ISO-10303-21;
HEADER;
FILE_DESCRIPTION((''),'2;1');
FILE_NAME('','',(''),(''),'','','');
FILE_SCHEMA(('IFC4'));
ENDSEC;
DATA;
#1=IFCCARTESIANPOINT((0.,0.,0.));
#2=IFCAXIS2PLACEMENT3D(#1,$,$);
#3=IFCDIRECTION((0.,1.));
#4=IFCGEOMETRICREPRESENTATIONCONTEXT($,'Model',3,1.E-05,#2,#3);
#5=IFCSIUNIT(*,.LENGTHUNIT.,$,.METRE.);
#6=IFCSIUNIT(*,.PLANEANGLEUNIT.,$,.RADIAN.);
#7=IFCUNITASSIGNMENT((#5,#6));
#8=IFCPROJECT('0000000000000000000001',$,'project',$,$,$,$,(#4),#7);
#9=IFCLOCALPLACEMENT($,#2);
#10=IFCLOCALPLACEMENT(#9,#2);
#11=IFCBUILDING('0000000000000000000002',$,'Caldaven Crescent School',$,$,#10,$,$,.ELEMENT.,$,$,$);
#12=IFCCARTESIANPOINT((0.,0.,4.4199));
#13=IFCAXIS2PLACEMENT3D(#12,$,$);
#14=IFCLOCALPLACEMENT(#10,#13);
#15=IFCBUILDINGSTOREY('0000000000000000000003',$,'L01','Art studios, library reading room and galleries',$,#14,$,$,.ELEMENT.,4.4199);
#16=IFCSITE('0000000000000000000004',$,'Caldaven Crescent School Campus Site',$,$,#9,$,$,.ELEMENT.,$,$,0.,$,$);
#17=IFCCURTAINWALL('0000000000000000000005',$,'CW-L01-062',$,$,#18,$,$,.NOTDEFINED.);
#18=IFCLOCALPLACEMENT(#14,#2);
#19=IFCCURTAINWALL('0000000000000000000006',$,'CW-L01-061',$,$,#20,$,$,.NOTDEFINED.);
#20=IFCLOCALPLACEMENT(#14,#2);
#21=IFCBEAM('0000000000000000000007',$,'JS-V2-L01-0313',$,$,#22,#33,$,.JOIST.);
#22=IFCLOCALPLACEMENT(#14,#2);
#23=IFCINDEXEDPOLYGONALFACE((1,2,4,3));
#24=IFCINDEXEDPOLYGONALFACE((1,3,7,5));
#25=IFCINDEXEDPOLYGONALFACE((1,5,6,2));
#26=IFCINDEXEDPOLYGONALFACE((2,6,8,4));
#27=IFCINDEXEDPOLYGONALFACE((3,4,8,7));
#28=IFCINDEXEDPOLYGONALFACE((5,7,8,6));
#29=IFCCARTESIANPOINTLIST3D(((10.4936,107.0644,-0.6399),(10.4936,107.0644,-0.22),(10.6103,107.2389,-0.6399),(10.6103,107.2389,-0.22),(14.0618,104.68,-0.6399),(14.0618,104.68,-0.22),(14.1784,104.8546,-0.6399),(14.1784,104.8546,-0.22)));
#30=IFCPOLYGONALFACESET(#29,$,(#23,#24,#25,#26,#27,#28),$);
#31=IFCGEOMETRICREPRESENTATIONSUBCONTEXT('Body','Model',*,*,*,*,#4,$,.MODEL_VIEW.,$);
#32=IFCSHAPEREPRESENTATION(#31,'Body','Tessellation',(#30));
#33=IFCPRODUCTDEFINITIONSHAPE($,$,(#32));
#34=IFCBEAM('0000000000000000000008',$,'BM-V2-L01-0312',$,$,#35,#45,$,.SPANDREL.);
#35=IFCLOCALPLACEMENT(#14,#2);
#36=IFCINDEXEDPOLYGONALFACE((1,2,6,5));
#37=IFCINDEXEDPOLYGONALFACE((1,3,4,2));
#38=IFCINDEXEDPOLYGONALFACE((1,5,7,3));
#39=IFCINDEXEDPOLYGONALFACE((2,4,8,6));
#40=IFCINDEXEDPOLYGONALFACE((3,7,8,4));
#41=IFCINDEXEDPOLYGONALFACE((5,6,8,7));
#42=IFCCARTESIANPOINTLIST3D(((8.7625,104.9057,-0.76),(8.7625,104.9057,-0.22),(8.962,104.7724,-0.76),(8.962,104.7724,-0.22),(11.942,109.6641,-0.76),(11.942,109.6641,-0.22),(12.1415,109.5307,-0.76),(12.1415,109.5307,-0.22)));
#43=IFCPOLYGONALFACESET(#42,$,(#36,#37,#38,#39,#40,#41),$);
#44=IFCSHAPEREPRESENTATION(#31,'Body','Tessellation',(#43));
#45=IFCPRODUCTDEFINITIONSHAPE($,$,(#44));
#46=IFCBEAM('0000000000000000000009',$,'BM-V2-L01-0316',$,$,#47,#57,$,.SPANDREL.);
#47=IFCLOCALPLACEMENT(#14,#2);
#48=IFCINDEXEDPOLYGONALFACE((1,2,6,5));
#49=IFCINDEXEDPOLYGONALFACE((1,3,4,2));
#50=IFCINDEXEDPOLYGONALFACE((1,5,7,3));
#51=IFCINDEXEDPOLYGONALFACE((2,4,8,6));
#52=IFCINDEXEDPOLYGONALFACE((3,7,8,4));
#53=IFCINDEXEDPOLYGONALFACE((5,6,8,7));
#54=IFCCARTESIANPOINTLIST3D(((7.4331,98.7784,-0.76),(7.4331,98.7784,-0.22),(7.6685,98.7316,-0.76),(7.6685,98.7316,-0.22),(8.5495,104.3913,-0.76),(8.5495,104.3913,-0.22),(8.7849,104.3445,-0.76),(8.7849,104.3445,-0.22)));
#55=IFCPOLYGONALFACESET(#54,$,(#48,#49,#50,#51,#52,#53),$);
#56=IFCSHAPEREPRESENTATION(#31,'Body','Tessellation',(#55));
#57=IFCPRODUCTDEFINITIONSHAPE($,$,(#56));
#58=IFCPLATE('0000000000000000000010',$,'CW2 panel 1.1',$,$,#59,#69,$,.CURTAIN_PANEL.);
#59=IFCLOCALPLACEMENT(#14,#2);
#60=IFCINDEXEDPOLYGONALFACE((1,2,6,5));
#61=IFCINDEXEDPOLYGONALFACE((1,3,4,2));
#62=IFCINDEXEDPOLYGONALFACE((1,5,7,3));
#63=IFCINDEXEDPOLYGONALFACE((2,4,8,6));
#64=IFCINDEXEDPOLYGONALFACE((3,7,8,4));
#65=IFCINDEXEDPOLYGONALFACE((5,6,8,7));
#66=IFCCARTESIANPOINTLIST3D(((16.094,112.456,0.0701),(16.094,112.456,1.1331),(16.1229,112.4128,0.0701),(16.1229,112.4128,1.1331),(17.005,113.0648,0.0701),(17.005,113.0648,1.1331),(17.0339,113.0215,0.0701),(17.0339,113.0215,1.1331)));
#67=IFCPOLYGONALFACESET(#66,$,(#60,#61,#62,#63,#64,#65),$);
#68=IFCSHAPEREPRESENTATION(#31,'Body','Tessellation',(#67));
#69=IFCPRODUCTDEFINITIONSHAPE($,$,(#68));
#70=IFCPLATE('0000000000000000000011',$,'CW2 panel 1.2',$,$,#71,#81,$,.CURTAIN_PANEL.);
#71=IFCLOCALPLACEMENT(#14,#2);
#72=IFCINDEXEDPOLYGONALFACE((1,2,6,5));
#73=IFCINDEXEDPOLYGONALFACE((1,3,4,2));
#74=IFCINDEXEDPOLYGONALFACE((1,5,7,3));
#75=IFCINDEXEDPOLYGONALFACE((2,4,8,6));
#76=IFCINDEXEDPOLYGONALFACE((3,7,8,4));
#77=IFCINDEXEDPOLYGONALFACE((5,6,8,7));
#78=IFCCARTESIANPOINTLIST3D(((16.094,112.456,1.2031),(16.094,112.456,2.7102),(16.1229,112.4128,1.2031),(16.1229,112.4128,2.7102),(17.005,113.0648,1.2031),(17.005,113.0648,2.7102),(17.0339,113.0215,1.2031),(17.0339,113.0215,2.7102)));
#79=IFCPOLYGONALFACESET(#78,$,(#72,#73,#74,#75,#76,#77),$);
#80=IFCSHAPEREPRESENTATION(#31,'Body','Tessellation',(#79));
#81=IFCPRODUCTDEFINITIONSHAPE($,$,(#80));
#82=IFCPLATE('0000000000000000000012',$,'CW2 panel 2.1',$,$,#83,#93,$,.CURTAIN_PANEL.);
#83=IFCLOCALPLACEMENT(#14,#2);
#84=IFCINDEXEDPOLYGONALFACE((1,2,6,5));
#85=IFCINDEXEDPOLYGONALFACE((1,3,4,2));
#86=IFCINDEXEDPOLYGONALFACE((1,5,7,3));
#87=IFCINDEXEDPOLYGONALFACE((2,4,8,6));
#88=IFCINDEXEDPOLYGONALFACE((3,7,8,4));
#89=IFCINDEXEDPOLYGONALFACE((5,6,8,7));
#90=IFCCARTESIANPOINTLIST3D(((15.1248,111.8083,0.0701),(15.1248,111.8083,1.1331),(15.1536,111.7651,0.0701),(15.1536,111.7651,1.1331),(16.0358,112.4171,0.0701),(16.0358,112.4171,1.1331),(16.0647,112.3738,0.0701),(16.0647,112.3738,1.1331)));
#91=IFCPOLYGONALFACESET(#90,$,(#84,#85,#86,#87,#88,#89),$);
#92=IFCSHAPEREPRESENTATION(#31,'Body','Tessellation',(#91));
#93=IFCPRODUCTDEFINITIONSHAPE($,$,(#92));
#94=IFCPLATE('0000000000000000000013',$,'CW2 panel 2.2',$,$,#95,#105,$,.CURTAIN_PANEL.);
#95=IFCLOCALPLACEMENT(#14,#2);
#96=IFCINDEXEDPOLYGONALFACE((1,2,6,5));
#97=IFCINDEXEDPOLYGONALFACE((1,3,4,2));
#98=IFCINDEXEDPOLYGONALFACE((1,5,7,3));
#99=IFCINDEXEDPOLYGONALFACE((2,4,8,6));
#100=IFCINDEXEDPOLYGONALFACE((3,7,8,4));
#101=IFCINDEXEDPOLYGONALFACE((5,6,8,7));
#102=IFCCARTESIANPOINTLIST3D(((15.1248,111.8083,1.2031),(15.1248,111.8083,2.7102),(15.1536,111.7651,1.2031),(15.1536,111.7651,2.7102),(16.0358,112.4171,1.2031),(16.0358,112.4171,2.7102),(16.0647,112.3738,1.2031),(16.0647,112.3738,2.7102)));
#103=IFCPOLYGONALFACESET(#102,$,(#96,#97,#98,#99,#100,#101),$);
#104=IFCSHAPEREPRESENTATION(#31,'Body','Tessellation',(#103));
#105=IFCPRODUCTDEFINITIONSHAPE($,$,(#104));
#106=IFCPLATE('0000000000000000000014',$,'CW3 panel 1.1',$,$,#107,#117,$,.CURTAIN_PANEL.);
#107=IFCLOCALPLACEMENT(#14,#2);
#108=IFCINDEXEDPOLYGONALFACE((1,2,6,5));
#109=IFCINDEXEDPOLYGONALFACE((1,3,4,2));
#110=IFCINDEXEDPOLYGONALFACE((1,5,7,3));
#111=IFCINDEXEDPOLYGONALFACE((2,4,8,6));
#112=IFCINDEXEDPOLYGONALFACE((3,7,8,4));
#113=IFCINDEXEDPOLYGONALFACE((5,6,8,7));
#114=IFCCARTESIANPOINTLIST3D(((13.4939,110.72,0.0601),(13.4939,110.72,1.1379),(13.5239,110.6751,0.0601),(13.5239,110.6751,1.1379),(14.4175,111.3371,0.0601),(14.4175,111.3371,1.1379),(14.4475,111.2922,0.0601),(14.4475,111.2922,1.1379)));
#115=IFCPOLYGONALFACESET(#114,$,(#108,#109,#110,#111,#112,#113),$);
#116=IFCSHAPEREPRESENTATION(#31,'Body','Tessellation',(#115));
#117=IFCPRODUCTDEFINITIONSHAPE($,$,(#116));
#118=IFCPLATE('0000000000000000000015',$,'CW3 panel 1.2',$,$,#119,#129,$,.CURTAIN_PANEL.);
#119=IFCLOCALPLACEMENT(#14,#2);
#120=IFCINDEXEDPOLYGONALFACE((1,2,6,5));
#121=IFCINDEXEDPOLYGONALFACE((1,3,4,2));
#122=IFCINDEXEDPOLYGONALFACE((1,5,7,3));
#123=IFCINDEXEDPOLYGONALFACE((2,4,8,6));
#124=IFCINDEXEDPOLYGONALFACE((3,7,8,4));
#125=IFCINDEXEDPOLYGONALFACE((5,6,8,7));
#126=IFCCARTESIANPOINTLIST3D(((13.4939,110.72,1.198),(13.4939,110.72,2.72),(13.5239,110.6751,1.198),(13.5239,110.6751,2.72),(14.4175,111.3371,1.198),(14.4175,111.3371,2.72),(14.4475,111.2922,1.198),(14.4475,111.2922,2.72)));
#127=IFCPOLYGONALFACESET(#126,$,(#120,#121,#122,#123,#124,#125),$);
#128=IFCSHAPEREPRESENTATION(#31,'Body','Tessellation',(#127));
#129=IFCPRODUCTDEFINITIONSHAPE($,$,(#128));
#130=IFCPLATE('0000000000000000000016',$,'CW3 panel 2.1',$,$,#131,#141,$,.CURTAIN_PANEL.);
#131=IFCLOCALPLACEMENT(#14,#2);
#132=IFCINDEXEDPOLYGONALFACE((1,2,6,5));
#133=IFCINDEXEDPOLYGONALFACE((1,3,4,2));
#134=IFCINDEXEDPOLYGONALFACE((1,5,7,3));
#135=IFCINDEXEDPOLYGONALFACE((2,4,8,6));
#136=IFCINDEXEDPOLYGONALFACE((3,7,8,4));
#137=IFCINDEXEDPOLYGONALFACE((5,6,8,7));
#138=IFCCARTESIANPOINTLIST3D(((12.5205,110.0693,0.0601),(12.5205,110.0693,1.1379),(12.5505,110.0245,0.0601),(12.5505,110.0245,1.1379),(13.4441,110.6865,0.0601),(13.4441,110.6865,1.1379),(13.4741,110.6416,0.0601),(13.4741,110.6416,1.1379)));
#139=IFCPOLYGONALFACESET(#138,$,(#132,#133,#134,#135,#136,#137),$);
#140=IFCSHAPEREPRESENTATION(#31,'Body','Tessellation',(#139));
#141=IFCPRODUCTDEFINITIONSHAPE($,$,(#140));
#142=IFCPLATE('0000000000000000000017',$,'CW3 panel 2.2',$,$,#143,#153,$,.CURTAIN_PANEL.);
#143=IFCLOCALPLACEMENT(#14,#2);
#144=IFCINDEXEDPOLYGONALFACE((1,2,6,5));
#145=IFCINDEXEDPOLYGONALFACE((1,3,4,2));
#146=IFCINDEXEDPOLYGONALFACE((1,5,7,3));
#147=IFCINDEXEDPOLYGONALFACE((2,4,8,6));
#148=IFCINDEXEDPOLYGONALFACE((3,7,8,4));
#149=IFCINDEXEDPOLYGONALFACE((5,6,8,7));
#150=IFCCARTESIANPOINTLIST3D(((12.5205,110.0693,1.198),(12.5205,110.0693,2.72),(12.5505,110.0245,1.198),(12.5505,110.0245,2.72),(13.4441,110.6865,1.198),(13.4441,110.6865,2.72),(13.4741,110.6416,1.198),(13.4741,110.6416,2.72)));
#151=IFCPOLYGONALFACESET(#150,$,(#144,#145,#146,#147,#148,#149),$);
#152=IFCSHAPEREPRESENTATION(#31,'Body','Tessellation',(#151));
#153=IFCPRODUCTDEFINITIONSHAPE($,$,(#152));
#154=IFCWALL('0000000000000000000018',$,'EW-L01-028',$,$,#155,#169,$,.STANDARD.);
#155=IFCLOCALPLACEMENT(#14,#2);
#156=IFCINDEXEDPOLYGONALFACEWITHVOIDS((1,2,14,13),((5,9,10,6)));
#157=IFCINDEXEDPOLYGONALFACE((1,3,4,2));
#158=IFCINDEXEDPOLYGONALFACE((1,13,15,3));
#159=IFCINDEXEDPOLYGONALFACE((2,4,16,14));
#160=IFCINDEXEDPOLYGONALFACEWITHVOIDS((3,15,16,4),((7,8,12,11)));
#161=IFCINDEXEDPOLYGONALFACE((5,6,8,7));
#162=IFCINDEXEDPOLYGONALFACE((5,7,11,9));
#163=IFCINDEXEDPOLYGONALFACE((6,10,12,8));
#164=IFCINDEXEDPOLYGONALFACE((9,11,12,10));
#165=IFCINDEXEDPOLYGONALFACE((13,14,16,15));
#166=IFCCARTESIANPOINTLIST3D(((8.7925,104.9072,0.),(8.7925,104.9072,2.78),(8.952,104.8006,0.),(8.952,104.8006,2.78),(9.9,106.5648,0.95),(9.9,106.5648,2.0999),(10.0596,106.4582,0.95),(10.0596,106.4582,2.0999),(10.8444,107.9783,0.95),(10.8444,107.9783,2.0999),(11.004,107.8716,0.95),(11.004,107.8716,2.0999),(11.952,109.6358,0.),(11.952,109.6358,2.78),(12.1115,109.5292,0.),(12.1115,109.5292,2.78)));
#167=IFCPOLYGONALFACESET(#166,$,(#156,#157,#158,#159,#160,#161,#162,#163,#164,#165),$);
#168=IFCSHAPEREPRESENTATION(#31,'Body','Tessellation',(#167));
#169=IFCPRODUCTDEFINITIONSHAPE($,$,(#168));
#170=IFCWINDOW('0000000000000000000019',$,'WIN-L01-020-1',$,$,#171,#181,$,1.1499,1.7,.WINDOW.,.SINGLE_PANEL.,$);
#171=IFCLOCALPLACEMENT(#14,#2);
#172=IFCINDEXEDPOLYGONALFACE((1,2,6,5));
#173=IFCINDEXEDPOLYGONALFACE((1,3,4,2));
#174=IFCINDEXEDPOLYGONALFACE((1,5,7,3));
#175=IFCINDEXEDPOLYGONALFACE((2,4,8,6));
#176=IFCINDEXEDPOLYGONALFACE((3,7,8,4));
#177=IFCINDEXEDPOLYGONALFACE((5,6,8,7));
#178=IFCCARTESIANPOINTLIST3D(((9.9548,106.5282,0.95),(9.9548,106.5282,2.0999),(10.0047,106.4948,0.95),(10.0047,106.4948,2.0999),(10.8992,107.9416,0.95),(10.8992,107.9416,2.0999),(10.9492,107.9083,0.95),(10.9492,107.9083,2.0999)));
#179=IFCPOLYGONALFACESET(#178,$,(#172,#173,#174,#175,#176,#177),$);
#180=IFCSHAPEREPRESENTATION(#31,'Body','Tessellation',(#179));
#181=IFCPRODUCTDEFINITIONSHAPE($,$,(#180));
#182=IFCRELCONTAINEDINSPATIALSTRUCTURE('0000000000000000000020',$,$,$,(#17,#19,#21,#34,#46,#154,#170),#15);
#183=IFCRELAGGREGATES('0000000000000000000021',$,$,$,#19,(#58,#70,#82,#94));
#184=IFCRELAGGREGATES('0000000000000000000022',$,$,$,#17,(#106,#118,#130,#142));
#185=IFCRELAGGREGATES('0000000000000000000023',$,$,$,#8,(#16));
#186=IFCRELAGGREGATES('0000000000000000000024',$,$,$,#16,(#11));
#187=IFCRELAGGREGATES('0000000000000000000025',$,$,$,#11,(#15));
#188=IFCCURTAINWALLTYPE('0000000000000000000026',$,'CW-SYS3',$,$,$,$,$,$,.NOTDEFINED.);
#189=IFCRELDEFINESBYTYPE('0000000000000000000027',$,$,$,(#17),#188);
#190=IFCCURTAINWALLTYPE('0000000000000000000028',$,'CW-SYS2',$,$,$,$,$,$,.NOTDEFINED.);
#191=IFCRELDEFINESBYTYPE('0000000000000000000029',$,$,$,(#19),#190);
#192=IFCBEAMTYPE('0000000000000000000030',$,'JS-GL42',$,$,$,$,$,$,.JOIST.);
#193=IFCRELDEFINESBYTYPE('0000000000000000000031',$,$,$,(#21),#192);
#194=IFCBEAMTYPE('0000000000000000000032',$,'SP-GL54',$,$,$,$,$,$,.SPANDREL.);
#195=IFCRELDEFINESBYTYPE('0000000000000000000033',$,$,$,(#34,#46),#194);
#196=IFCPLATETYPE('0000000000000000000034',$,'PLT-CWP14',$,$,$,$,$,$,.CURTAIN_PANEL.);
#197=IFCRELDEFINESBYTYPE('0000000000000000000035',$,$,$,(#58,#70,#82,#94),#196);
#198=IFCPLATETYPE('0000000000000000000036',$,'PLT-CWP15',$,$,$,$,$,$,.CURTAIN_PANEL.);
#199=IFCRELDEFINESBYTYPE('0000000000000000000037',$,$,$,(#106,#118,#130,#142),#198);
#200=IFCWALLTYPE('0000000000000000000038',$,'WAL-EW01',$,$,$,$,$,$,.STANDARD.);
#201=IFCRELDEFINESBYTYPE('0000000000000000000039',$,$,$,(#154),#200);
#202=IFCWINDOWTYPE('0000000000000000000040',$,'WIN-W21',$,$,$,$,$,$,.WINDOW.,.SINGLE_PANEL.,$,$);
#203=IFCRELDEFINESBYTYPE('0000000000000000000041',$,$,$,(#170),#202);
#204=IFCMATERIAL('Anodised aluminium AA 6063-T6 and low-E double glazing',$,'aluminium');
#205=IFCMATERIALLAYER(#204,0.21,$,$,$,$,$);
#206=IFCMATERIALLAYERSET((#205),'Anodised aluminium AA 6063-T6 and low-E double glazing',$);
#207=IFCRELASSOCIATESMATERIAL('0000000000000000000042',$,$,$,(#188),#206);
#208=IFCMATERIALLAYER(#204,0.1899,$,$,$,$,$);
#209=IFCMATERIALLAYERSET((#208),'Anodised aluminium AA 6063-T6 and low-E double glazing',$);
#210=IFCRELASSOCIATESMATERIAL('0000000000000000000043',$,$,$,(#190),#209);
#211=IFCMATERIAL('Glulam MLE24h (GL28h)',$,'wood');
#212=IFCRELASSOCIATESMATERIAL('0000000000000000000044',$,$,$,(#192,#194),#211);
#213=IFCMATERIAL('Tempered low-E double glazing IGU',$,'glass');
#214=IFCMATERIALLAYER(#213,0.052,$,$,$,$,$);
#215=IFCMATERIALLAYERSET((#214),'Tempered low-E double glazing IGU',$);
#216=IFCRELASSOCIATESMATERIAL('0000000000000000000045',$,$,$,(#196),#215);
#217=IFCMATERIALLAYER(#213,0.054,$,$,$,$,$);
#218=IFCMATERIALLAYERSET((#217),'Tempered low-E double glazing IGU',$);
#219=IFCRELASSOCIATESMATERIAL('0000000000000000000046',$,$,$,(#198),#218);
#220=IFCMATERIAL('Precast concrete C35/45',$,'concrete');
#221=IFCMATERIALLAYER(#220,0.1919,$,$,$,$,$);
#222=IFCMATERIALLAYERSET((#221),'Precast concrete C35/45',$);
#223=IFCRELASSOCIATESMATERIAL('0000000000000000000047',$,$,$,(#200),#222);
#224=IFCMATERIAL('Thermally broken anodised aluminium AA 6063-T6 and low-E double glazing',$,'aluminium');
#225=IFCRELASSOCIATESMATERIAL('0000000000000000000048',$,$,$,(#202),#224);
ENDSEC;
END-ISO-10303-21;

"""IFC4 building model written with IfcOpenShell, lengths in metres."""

from ifc_helpers import new_model, si_unit, direction, frame, frame_2d, origin, origin_2d, place, context, subcontext, project, spatial, rectangle, extrude, material, layer, layer_set, material_profile, profile_set, type_object, element, fill, aggregate, save


model = new_model("IFC4")

# Units and contexts
model_context = context("Model", 3, precision=1e-05, world=origin(), true_north=direction((0.0, 1.0)))
body_context = subcontext(model_context, "Body", "Model", "MODEL_VIEW")
ifc_project = project(units=[si_unit("LENGTHUNIT", "METRE"), si_unit("PLANEANGLEUNIT", "RADIAN")], contexts=[model_context])

# Site, building, storey
site_placement = place(None, origin())
site = spatial("IfcSite", under=ifc_project, at=site_placement, Name="Caldaven Crescent School Campus Site", CompositionType="ELEMENT", RefElevation=0.0)
building_placement = place(site_placement, origin())
building = spatial("IfcBuilding", under=site, at=building_placement, Name="Caldaven Crescent School", CompositionType="ELEMENT")
storey_placement = place(building_placement, frame((0.0, 0.0, 4.4199)))
storey = spatial("IfcBuildingStorey", under=building, at=storey_placement, Name="L01", Description="Art studios, library reading room and galleries", CompositionType="ELEMENT", Elevation=4.4199)

# Shared definitions
ifc_material_1 = material(Name="Glulam MLE24h (GL28h)", Category="wood")

# Curtain wall
ifc_material_2 = material(Name="Anodised aluminium AA 6063-T6 and low-E double glazing", Category="aluminium")
ifc_layer_1 = layer(ifc_material_2, 0.21)
ifc_layer_set_1 = layer_set([ifc_layer_1], Name="Anodised aluminium AA 6063-T6 and low-E double glazing")
curtain_wall_type_1 = type_object("IfcCurtainWallType", Name="CW-SYS3", PredefinedType="NOTDEFINED", material=ifc_layer_set_1)
curtain_wall_1_placement = place(storey_placement, origin())
curtain_wall_1 = element("IfcCurtainWall", 1, at=curtain_wall_1_placement, inside=storey, type_object=curtain_wall_type_1, Name="CW-L01-062", PredefinedType="NOTDEFINED")

# Curtain wall
ifc_layer_2 = layer(ifc_material_2, 0.1899)
ifc_layer_set_2 = layer_set([ifc_layer_2], Name="Anodised aluminium AA 6063-T6 and low-E double glazing")
curtain_wall_type_2 = type_object("IfcCurtainWallType", Name="CW-SYS2", PredefinedType="NOTDEFINED", material=ifc_layer_set_2)
curtain_wall_2_placement = place(storey_placement, origin())
curtain_wall_2 = element("IfcCurtainWall", 2, at=curtain_wall_2_placement, inside=storey, type_object=curtain_wall_type_2, Name="CW-L01-061", PredefinedType="NOTDEFINED")

# Beams
ifc_material_profile_1 = material_profile(ifc_material_1, rectangle(XDim=0.21, YDim=0.4199, at=origin_2d()), Name="MLE 210x420")
ifc_profile_set_1 = profile_set([ifc_material_profile_1], Name="Glulam MLE24h (GL28h)")
beam_type_1 = type_object("IfcBeamType", Name="JS-GL42", PredefinedType="JOIST", material=ifc_profile_set_1)
beam_1_placement = place(storey_placement, frame((14.1201, 104.7673, -0.4299), z_axis=(-0.831455, 0.555593, 0.0), x_axis=(-0.555593, -0.831455, 0.0)))
element("IfcBeam", 3, at=beam_1_placement, inside=storey, type_object=beam_type_1, Name="JS-V2-L01-0313", PredefinedType="JOIST", context=body_context, shape_type="SweptSolid", body=[
    extrude(rectangle(XDim=0.21, YDim=0.4199, at=origin_2d()), origin(), (0.0, 0.0, 1.0), 4.2915),
])
ifc_material_profile_2 = material_profile(ifc_material_1, rectangle(XDim=0.24, YDim=0.54, at=origin_2d()), Name="MLE 240x540")
ifc_profile_set_2 = profile_set([ifc_material_profile_2], Name="Glulam MLE24h (GL28h)")
beam_type_2 = type_object("IfcBeamType", Name="SP-GL54", PredefinedType="SPANDREL", material=ifc_profile_set_2)
for number, where, z_axis, x_axis, name in (
    (4, (12.0417, 109.5974, -0.49), (-0.555576, -0.831466, 0.0), (0.831466, -0.555576, 0.0), "BM-V2-L01-0312"),
    (5, (8.6672, 104.3679, -0.49), (-0.195082, -0.980787, 0.0), (0.980787, -0.195082, 0.0), "BM-V2-L01-0316"),
):
    element("IfcBeam", number, at=place(storey_placement, frame(where, z_axis=z_axis, x_axis=x_axis)), inside=storey, type_object=beam_type_2, Name=name, PredefinedType="SPANDREL", context=body_context, shape_type="SweptSolid", body=[
        extrude(rectangle(XDim=0.24, YDim=0.54, at=origin_2d()), origin(), (0.0, 0.0, 1.0), 5.7229),
    ])

# Plates
ifc_material_3 = material(Name="Tempered low-E double glazing IGU", Category="glass")
ifc_layer_3 = layer(ifc_material_3, 0.052)
ifc_layer_set_3 = layer_set([ifc_layer_3], Name="Tempered low-E double glazing IGU")
plate_type_1 = type_object("IfcPlateType", Name="PLT-CWP14", PredefinedType="CURTAIN_PANEL", material=ifc_layer_set_3)
plate_1_placement = place(storey_placement, frame((16.564, 112.7388, 0.0701), z_axis=(0.0, 0.0, 1.0), x_axis=(-0.83147, -0.55557, 0.0)))
plate_1 = element("IfcPlate", 6, at=plate_1_placement, type_object=plate_type_1, Name="CW2 panel 1.1", PredefinedType="CURTAIN_PANEL", context=body_context, shape_type="SweptSolid", body=[
    extrude(rectangle(XDim=1.0957, YDim=0.052, at=origin_2d()), origin(), (0.0, 0.0, 1.0), 1.063),
])
plate_2_placement = place(storey_placement, frame((16.564, 112.7388, 1.2031), z_axis=(0.0, 0.0, 1.0), x_axis=(-0.83147, -0.55557, 0.0)))
plate_2 = element("IfcPlate", 7, at=plate_2_placement, type_object=plate_type_1, Name="CW2 panel 1.2", PredefinedType="CURTAIN_PANEL", context=body_context, shape_type="SweptSolid", body=[
    extrude(rectangle(XDim=1.0957, YDim=0.052, at=origin_2d()), origin(), (0.0, 0.0, 1.0), 1.5071),
])
plate_3_placement = place(storey_placement, frame((15.5947, 112.0911, 0.0701), z_axis=(0.0, 0.0, 1.0), x_axis=(-0.83147, -0.55557, 0.0)))
plate_3 = element("IfcPlate", 8, at=plate_3_placement, type_object=plate_type_1, Name="CW2 panel 2.1", PredefinedType="CURTAIN_PANEL", context=body_context, shape_type="SweptSolid", body=[
    extrude(rectangle(XDim=1.0957, YDim=0.052, at=origin_2d()), origin(), (0.0, 0.0, 1.0), 1.063),
])
plate_4_placement = place(storey_placement, frame((15.5947, 112.0911, 1.2031), z_axis=(0.0, 0.0, 1.0), x_axis=(-0.83147, -0.55557, 0.0)))
plate_4 = element("IfcPlate", 9, at=plate_4_placement, type_object=plate_type_1, Name="CW2 panel 2.2", PredefinedType="CURTAIN_PANEL", context=body_context, shape_type="SweptSolid", body=[
    extrude(rectangle(XDim=1.0957, YDim=0.052, at=origin_2d()), origin(), (0.0, 0.0, 1.0), 1.5071),
])
aggregate(curtain_wall_2, [plate_1, plate_2, plate_3, plate_4])
ifc_layer_4 = layer(ifc_material_3, 0.054)
ifc_layer_set_4 = layer_set([ifc_layer_4], Name="Tempered low-E double glazing IGU")
plate_type_2 = type_object("IfcPlateType", Name="PLT-CWP15", PredefinedType="CURTAIN_PANEL", material=ifc_layer_set_4)
plate_5_placement = place(storey_placement, frame((13.9707, 111.0061, 0.0601), z_axis=(0.0, 0.0, 1.0), x_axis=(-0.831468, -0.555572, 0.0)))
plate_5 = element("IfcPlate", 10, at=plate_5_placement, type_object=plate_type_2, Name="CW3 panel 1.1", PredefinedType="CURTAIN_PANEL", context=body_context, shape_type="SweptSolid", body=[
    extrude(rectangle(XDim=1.1108, YDim=0.054, at=origin_2d()), origin(), (0.0, 0.0, 1.0), 1.0779),
])
plate_6_placement = place(storey_placement, frame((13.9707, 111.0061, 1.198), z_axis=(0.0, 0.0, 1.0), x_axis=(-0.831468, -0.555572, 0.0)))
plate_6 = element("IfcPlate", 11, at=plate_6_placement, type_object=plate_type_2, Name="CW3 panel 1.2", PredefinedType="CURTAIN_PANEL", context=body_context, shape_type="SweptSolid", body=[
    extrude(rectangle(XDim=1.1108, YDim=0.054, at=origin_2d()), origin(), (0.0, 0.0, 1.0), 1.522),
])
plate_7_placement = place(storey_placement, frame((12.9973, 110.3555, 0.0601), z_axis=(0.0, 0.0, 1.0), x_axis=(-0.831468, -0.555572, 0.0)))
plate_7 = element("IfcPlate", 12, at=plate_7_placement, type_object=plate_type_2, Name="CW3 panel 2.1", PredefinedType="CURTAIN_PANEL", context=body_context, shape_type="SweptSolid", body=[
    extrude(rectangle(XDim=1.1108, YDim=0.054, at=origin_2d()), origin(), (0.0, 0.0, 1.0), 1.0779),
])
plate_8_placement = place(storey_placement, frame((12.9973, 110.3555, 1.198), z_axis=(0.0, 0.0, 1.0), x_axis=(-0.831468, -0.555572, 0.0)))
plate_8 = element("IfcPlate", 13, at=plate_8_placement, type_object=plate_type_2, Name="CW3 panel 2.2", PredefinedType="CURTAIN_PANEL", context=body_context, shape_type="SweptSolid", body=[
    extrude(rectangle(XDim=1.1108, YDim=0.054, at=origin_2d()), origin(), (0.0, 0.0, 1.0), 1.522),
])
aggregate(curtain_wall_1, [plate_5, plate_6, plate_7, plate_8])

# Wall, opening, window
ifc_material_4 = material(Name="Precast concrete C35/45", Category="concrete")
ifc_layer_5 = layer(ifc_material_4, 0.1919)
ifc_layer_set_5 = layer_set([ifc_layer_5], Name="Precast concrete C35/45")
wall_type = type_object("IfcWallType", Name="WAL-EW01", PredefinedType="STANDARD", material=ifc_layer_set_5)
wall_placement = place(storey_placement, frame((12.0317, 109.5825, 0.0), z_axis=(0.0, 0.0, 1.0), x_axis=(-0.555562, -0.831475, 0.0)))
wall = element("IfcWall", 14, at=wall_placement, inside=storey, type_object=wall_type, Name="EW-L01-028", PredefinedType="STANDARD", context=body_context, shape_type="SweptSolid", body=[
    extrude(rectangle(XDim=5.687, YDim=0.1919, at=frame_2d((2.8435, 0.0))), origin(), (0.0, 0.0, 1.0), 2.78),
])
opening_placement = place(wall_placement, frame((1.9934, 0.0, 0.95)))
opening = element("IfcOpeningElement", 15, at=opening_placement, cuts=wall, PredefinedType="OPENING", context=body_context, shape_type="SweptSolid", body=[
    extrude(rectangle(XDim=1.7, YDim=1.1499, at=frame_2d((0.8501, 0.575))), frame((0.0, 0.106, 0.0), z_axis=(0.0, -1.0, 0.0), x_axis=(1.0, 0.0, 0.0)), (0.0, 0.0, 1.0), 0.2119),
])
ifc_material_5 = material(Name="Thermally broken anodised aluminium AA 6063-T6 and low-E double glazing", Category="aluminium")
window_type = type_object("IfcWindowType", Name="WIN-W21", PartitioningType="SINGLE_PANEL", PredefinedType="WINDOW", material=ifc_material_5)
window_placement = place(opening_placement, origin())
window = element("IfcWindow", 16, at=window_placement, inside=storey, type_object=window_type, Name="WIN-L01-020-1", OverallHeight=1.1499, OverallWidth=1.7, PartitioningType="SINGLE_PANEL", PredefinedType="WINDOW", context=body_context, shape_type="SweptSolid", body=[
    extrude(rectangle(XDim=1.7, YDim=1.1499, at=frame_2d((0.8501, 0.575))), frame((0.0, 0.03, 0.0), z_axis=(0.0, -1.0, 0.0), x_axis=(1.0, 0.0, 0.0)), (0.0, 0.0, 1.0), 0.0601),
])
fill(opening, window)

save(model, "model.ifc")
